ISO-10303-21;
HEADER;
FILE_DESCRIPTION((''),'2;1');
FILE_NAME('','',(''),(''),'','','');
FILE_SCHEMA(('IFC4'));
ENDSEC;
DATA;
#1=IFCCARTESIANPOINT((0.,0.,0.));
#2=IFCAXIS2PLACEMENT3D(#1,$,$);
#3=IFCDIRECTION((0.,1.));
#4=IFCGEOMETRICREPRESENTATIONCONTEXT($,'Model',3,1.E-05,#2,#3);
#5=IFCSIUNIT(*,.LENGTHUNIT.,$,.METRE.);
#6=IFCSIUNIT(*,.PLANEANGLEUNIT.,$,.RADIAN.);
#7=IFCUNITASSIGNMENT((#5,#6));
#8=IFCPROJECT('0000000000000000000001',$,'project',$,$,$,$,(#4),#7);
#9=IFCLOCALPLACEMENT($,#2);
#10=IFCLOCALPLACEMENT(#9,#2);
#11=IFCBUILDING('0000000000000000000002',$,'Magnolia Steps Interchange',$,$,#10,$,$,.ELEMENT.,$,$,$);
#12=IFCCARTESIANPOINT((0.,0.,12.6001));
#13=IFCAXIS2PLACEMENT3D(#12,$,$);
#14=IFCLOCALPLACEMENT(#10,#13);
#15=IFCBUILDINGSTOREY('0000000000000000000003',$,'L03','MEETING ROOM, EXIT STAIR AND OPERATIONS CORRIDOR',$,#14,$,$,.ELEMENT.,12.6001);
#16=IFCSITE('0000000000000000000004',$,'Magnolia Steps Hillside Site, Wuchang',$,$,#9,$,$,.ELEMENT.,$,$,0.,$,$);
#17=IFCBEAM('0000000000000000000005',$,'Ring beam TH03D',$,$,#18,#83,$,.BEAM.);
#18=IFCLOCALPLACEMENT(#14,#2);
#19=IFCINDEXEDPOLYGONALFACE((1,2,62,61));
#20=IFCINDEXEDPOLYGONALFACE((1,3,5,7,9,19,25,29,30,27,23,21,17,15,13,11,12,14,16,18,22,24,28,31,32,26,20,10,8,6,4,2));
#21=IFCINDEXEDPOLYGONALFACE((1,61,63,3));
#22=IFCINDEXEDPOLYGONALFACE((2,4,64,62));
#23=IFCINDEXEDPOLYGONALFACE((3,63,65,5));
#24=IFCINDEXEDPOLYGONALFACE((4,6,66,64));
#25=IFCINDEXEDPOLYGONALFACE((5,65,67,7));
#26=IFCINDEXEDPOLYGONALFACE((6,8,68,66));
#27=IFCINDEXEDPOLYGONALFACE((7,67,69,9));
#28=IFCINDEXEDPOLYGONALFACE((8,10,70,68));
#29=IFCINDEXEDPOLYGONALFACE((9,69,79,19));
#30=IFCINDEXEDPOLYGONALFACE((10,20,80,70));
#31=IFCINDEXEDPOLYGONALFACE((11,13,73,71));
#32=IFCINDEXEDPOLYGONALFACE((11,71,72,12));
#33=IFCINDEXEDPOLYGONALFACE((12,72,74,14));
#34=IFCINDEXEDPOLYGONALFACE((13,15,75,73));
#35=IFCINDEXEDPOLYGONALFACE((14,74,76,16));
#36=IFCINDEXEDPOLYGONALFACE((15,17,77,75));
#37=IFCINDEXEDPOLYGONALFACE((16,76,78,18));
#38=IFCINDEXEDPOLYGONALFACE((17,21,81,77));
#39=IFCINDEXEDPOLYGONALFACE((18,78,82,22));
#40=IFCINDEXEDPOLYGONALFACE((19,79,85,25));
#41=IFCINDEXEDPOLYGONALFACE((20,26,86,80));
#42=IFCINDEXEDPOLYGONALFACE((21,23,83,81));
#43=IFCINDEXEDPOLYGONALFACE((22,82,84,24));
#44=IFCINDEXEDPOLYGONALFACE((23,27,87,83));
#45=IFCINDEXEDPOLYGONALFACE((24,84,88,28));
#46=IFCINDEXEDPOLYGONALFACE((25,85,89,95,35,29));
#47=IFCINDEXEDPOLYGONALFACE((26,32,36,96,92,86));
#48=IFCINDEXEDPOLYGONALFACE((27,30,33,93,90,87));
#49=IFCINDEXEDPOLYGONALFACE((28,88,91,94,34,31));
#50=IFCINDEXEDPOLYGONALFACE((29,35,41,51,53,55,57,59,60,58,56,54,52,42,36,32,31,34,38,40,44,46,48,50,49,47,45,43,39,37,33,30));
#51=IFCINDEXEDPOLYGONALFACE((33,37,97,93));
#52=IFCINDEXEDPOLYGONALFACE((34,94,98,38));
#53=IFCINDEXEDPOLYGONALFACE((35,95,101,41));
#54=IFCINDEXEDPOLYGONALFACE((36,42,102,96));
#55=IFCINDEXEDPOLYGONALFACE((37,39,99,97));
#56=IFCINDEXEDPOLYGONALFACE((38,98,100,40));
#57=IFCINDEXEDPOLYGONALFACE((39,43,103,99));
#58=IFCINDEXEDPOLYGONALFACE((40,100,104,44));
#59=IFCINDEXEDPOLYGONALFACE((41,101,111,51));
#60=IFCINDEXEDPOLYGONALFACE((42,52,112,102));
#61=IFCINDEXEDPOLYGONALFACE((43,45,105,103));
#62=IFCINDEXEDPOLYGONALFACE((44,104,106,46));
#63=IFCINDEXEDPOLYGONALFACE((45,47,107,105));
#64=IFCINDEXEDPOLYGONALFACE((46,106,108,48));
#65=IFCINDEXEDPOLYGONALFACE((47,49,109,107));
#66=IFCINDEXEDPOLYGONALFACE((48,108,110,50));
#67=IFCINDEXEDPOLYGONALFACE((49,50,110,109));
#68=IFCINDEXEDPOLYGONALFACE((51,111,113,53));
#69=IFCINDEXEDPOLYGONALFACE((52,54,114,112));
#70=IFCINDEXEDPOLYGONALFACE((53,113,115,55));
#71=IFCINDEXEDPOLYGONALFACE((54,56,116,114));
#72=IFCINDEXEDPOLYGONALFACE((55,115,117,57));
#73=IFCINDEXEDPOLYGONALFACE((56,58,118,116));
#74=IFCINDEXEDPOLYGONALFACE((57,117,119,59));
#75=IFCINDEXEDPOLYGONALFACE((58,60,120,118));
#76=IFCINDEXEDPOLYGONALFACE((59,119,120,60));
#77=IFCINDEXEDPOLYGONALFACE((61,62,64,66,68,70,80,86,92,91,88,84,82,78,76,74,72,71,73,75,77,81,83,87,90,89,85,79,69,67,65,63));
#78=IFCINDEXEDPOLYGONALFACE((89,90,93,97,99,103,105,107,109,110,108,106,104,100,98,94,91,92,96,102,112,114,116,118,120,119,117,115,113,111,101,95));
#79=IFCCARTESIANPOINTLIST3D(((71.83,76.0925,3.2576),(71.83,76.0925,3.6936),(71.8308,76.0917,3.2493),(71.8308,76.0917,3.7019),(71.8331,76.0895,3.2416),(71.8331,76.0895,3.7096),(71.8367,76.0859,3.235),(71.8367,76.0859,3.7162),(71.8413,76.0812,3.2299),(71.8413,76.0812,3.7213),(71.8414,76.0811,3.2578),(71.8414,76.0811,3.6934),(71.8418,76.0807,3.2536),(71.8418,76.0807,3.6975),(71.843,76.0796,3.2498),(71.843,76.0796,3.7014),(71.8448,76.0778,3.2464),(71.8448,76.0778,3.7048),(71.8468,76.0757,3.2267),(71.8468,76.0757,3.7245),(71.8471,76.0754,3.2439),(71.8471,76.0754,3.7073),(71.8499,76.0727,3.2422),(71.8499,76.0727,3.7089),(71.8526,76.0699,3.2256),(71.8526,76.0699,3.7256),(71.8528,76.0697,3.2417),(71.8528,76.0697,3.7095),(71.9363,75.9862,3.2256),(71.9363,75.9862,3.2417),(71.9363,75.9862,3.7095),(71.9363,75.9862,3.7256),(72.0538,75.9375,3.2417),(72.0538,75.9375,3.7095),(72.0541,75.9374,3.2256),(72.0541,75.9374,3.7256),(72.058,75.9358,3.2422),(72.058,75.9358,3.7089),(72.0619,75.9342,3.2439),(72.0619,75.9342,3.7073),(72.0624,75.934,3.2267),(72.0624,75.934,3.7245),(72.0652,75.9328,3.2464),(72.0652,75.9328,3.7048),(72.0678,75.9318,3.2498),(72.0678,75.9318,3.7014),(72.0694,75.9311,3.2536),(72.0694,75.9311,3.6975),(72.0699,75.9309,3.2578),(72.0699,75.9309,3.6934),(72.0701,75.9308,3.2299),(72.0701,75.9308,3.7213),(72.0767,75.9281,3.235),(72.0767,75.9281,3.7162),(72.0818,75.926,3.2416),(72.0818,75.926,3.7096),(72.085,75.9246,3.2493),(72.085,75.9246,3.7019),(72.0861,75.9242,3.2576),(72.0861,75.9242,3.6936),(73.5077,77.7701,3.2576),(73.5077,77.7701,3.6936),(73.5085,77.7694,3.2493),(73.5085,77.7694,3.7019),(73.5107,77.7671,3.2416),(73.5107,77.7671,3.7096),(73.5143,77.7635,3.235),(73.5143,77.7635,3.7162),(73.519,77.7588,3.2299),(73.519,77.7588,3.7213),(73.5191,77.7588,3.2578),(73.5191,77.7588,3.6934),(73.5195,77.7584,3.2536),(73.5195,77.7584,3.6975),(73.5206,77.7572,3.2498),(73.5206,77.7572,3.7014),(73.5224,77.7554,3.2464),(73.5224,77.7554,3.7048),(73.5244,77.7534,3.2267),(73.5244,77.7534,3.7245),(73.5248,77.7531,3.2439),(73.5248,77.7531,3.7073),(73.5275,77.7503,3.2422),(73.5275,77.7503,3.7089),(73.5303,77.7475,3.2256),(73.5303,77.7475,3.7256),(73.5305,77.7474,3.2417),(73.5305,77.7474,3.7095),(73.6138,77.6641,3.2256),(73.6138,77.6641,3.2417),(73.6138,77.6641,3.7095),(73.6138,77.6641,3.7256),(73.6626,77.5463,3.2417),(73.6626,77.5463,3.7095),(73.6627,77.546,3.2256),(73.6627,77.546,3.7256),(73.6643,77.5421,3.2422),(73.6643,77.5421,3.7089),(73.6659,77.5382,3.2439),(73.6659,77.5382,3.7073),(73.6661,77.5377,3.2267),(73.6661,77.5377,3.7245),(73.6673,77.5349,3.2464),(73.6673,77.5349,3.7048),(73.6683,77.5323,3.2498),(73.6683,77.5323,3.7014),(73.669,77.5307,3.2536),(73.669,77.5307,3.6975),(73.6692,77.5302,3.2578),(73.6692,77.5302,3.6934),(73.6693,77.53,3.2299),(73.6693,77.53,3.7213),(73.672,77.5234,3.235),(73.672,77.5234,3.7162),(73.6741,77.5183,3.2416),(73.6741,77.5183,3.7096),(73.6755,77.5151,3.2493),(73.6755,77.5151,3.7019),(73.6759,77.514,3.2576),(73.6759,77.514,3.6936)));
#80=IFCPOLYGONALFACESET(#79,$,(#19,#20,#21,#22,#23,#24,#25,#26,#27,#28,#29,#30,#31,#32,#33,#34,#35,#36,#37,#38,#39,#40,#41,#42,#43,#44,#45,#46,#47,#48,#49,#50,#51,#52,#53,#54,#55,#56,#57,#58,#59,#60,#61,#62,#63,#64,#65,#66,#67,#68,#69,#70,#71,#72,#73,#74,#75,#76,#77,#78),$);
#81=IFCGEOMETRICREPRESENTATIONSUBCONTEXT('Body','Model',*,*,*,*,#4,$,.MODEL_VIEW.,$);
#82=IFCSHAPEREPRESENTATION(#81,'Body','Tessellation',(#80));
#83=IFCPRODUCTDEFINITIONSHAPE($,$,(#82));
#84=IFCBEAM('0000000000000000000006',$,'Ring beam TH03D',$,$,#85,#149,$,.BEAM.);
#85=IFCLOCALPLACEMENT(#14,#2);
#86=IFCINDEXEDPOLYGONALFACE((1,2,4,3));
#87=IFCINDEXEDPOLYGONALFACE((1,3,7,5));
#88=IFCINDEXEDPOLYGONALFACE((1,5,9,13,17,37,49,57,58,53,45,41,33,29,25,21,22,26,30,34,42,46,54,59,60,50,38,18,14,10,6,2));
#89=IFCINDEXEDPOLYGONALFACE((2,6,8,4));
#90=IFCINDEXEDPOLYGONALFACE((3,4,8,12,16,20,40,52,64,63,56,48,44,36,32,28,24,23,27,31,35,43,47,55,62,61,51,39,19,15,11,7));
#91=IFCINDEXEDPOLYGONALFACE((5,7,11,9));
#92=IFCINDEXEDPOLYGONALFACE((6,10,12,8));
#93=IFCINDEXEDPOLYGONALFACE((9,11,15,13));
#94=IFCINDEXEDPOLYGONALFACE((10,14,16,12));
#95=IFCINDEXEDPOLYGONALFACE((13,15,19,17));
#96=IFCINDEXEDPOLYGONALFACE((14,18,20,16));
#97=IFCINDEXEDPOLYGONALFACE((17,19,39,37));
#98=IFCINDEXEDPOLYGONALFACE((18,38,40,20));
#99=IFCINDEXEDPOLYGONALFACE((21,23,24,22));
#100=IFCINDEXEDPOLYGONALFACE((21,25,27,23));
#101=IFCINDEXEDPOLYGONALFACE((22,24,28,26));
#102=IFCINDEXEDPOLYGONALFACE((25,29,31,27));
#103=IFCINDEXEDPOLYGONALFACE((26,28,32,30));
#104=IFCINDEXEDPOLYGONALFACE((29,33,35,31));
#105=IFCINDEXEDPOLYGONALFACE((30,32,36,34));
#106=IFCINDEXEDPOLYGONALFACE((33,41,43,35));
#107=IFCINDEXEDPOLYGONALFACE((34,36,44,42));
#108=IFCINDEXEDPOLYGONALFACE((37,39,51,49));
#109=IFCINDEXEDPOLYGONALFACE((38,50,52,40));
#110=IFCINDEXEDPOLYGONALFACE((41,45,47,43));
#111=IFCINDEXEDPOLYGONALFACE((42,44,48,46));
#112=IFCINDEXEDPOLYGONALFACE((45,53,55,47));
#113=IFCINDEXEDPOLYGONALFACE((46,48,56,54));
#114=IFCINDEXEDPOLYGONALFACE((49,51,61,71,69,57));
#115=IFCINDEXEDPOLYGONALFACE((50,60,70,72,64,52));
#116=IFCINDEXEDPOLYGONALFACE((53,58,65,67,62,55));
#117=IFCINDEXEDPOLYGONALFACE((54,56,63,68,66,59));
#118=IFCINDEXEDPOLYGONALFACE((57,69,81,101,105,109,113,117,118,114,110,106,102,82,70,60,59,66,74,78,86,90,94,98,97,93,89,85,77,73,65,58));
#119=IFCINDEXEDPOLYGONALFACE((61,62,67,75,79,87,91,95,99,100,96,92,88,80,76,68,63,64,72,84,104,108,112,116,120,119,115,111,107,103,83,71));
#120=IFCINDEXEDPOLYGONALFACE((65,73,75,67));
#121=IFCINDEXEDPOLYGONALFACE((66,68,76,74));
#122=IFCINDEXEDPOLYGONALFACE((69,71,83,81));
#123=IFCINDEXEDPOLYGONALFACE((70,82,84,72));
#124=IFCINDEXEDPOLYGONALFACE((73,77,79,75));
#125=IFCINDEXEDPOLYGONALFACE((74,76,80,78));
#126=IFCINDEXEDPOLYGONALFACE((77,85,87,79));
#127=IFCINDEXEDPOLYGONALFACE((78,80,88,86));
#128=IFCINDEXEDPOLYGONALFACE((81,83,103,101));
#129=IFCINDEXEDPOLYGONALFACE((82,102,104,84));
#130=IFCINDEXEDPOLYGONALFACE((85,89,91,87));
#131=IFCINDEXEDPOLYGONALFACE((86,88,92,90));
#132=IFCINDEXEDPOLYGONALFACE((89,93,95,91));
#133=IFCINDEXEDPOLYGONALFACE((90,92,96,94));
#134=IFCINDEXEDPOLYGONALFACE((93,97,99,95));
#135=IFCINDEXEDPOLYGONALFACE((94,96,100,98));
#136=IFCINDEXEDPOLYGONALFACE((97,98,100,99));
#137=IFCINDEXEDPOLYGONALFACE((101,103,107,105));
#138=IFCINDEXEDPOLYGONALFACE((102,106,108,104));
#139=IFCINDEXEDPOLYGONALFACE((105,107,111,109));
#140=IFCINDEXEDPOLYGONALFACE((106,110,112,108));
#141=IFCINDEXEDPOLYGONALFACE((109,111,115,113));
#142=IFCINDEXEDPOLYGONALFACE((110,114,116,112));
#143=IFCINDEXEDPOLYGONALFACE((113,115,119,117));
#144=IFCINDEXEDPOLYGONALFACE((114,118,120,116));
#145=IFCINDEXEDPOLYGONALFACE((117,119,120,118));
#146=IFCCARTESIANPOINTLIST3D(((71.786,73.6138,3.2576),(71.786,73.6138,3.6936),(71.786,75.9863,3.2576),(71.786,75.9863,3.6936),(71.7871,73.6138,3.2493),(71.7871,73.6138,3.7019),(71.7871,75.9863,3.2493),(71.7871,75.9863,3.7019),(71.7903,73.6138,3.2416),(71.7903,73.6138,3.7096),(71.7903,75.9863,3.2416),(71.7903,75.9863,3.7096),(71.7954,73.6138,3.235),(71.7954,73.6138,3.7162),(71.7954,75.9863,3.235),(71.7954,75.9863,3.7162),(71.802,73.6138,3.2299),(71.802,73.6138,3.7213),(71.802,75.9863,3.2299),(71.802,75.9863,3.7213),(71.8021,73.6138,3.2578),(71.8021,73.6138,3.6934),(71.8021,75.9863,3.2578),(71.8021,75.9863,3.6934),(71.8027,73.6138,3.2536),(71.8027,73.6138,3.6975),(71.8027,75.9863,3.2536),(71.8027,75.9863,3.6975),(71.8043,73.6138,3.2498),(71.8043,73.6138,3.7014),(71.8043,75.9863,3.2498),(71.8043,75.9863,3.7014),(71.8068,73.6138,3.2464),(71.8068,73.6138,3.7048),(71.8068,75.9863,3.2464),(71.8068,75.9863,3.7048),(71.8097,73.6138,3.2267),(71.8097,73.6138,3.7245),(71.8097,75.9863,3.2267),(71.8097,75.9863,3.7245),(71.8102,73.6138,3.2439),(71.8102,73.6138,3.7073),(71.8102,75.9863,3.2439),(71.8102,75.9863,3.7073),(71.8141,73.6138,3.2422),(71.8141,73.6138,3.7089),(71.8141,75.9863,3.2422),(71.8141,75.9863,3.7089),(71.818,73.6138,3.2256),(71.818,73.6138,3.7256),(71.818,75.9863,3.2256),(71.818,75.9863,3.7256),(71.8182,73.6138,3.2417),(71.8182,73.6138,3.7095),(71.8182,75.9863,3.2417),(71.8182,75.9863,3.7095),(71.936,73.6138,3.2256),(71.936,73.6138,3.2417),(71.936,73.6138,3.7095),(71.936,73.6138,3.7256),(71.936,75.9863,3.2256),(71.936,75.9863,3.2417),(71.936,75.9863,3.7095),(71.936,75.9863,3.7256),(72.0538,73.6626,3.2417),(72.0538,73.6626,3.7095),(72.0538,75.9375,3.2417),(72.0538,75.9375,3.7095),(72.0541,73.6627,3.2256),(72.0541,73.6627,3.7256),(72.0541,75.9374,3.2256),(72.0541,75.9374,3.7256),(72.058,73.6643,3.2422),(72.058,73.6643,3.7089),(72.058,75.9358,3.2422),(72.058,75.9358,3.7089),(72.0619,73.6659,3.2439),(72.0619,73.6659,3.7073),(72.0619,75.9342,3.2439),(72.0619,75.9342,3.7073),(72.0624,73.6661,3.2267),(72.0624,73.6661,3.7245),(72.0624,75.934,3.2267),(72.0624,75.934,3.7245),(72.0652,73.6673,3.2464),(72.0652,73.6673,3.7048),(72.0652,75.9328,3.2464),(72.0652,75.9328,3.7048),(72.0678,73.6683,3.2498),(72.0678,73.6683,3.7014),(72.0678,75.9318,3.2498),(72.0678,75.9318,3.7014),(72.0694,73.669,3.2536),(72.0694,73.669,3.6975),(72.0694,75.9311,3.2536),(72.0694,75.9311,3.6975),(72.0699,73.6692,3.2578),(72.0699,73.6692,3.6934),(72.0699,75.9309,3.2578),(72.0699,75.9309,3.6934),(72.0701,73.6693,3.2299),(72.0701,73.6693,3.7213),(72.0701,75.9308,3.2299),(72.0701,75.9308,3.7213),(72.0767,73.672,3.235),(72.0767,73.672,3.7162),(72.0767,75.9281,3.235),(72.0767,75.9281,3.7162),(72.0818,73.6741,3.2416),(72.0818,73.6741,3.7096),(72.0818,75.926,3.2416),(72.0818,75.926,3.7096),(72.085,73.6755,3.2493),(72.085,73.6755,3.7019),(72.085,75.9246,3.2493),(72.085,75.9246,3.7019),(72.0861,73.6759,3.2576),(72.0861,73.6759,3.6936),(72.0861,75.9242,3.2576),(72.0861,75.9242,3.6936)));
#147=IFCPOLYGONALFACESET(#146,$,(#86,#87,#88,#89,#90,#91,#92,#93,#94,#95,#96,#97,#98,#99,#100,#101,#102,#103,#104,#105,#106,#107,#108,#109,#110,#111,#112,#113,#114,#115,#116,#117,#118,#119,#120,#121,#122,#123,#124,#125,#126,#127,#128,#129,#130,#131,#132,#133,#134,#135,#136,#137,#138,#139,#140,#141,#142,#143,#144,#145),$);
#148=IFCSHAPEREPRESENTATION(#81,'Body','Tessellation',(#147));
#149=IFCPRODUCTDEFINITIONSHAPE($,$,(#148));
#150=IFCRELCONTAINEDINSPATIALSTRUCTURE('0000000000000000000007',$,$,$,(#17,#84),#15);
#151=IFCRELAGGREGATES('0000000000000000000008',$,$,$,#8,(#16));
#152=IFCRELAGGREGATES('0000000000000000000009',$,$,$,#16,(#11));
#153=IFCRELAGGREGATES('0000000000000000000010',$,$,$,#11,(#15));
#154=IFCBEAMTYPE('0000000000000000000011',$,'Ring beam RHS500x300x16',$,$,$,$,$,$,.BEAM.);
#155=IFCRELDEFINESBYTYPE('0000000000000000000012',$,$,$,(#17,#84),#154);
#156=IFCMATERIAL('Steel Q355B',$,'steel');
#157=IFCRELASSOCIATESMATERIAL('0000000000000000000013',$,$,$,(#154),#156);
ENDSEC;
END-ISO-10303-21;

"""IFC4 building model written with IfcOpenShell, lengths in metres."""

from ifc_helpers import new_model, si_unit, direction, frame, origin, origin_2d, place, context, subcontext, project, spatial, hollow_rectangle, extrude, clip, halfspace, material, material_profile, profile_set, type_object, element, save


model = new_model("IFC4")

# Units and contexts
model_context = context("Model", 3, precision=1e-05, world=origin(), true_north=direction((0.0, 1.0)))
body_context = subcontext(model_context, "Body", "Model", "MODEL_VIEW")
ifc_project = project(units=[si_unit("LENGTHUNIT", "METRE"), si_unit("PLANEANGLEUNIT", "RADIAN")], contexts=[model_context])

# Site, building, storey
site_placement = place(None, origin())
site = spatial("IfcSite", under=ifc_project, at=site_placement, Name="Magnolia Steps Hillside Site, Wuchang", CompositionType="ELEMENT", RefElevation=0.0)
building_placement = place(site_placement, origin())
building = spatial("IfcBuilding", under=site, at=building_placement, Name="Magnolia Steps Interchange", CompositionType="ELEMENT")
storey_placement = place(building_placement, frame((0.0, 0.0, 12.6001)))
storey = spatial("IfcBuildingStorey", under=building, at=storey_placement, Name="L03", Description="MEETING ROOM, EXIT STAIR AND OPERATIONS CORRIDOR", CompositionType="ELEMENT", Elevation=12.6001)

# Beams
ifc_material_1 = material(Name="Steel Q355B", Category="steel")
ifc_material_profile_1 = material_profile(ifc_material_1, hollow_rectangle(XDim=0.3, YDim=0.5, WallThickness=0.0161, InnerFilletRadius=0.0161, OuterFilletRadius=0.032, at=origin_2d()), Name="RHS500x300x16")
ifc_profile_set_1 = profile_set([ifc_material_profile_1], Name="Steel Q355B")
beam_type_1 = type_object("IfcBeamType", Name="Ring beam RHS500x300x16", PredefinedType="BEAM", material=ifc_profile_set_1)
beam_1_placement = place(storey_placement, frame((73.6138, 77.6641, 3.4756), z_axis=(-0.707107, -0.707107, 0.0), x_axis=(0.707107, -0.707107, 0.0)))
element("IfcBeam", 1, at=beam_1_placement, inside=storey, type_object=beam_type_1, Name="Ring beam TH03D", PredefinedType="BEAM", context=body_context, shape_type="Clipping", body=[
    clip(clip(extrude(hollow_rectangle(XDim=0.3, YDim=0.5, WallThickness=0.0161, InnerFilletRadius=0.0161, OuterFilletRadius=0.032, at=origin_2d()), origin(), (0.0, 0.0, 1.0), 2.3726), halfspace(frame((0.0, 0.0, 0.0), z_axis=(0.382683, 0.0, -0.92388), x_axis=(0.92388, 0.0, 0.382683)), False)), halfspace(frame((0.0, 0.0, 2.3727), z_axis=(0.382683, 0.0, 0.92388), x_axis=(0.92388, 0.0, -0.382683)), False)),
])
beam_2_placement = place(storey_placement, frame((71.936, 75.9863, 3.4756), z_axis=(0.0, -1.0, 0.0), x_axis=(1.0, 0.0, 0.0)))
element("IfcBeam", 2, at=beam_2_placement, inside=storey, type_object=beam_type_1, Name="Ring beam TH03D", PredefinedType="BEAM", context=body_context, shape_type="Clipping", body=[
    clip(clip(extrude(hollow_rectangle(XDim=0.3, YDim=0.5, WallThickness=0.0161, InnerFilletRadius=0.0161, OuterFilletRadius=0.032, at=origin_2d()), origin(), (0.0, 0.0, 1.0), 2.3726), halfspace(frame((0.0, 0.0, 0.0), z_axis=(0.382683, 0.0, -0.92388), x_axis=(0.92388, 0.0, 0.382683)), False)), halfspace(frame((0.0, 0.0, 2.3726), z_axis=(0.382683, 0.0, 0.92388), x_axis=(0.92388, 0.0, -0.382683)), False)),
])

save(model, "model.ifc")
